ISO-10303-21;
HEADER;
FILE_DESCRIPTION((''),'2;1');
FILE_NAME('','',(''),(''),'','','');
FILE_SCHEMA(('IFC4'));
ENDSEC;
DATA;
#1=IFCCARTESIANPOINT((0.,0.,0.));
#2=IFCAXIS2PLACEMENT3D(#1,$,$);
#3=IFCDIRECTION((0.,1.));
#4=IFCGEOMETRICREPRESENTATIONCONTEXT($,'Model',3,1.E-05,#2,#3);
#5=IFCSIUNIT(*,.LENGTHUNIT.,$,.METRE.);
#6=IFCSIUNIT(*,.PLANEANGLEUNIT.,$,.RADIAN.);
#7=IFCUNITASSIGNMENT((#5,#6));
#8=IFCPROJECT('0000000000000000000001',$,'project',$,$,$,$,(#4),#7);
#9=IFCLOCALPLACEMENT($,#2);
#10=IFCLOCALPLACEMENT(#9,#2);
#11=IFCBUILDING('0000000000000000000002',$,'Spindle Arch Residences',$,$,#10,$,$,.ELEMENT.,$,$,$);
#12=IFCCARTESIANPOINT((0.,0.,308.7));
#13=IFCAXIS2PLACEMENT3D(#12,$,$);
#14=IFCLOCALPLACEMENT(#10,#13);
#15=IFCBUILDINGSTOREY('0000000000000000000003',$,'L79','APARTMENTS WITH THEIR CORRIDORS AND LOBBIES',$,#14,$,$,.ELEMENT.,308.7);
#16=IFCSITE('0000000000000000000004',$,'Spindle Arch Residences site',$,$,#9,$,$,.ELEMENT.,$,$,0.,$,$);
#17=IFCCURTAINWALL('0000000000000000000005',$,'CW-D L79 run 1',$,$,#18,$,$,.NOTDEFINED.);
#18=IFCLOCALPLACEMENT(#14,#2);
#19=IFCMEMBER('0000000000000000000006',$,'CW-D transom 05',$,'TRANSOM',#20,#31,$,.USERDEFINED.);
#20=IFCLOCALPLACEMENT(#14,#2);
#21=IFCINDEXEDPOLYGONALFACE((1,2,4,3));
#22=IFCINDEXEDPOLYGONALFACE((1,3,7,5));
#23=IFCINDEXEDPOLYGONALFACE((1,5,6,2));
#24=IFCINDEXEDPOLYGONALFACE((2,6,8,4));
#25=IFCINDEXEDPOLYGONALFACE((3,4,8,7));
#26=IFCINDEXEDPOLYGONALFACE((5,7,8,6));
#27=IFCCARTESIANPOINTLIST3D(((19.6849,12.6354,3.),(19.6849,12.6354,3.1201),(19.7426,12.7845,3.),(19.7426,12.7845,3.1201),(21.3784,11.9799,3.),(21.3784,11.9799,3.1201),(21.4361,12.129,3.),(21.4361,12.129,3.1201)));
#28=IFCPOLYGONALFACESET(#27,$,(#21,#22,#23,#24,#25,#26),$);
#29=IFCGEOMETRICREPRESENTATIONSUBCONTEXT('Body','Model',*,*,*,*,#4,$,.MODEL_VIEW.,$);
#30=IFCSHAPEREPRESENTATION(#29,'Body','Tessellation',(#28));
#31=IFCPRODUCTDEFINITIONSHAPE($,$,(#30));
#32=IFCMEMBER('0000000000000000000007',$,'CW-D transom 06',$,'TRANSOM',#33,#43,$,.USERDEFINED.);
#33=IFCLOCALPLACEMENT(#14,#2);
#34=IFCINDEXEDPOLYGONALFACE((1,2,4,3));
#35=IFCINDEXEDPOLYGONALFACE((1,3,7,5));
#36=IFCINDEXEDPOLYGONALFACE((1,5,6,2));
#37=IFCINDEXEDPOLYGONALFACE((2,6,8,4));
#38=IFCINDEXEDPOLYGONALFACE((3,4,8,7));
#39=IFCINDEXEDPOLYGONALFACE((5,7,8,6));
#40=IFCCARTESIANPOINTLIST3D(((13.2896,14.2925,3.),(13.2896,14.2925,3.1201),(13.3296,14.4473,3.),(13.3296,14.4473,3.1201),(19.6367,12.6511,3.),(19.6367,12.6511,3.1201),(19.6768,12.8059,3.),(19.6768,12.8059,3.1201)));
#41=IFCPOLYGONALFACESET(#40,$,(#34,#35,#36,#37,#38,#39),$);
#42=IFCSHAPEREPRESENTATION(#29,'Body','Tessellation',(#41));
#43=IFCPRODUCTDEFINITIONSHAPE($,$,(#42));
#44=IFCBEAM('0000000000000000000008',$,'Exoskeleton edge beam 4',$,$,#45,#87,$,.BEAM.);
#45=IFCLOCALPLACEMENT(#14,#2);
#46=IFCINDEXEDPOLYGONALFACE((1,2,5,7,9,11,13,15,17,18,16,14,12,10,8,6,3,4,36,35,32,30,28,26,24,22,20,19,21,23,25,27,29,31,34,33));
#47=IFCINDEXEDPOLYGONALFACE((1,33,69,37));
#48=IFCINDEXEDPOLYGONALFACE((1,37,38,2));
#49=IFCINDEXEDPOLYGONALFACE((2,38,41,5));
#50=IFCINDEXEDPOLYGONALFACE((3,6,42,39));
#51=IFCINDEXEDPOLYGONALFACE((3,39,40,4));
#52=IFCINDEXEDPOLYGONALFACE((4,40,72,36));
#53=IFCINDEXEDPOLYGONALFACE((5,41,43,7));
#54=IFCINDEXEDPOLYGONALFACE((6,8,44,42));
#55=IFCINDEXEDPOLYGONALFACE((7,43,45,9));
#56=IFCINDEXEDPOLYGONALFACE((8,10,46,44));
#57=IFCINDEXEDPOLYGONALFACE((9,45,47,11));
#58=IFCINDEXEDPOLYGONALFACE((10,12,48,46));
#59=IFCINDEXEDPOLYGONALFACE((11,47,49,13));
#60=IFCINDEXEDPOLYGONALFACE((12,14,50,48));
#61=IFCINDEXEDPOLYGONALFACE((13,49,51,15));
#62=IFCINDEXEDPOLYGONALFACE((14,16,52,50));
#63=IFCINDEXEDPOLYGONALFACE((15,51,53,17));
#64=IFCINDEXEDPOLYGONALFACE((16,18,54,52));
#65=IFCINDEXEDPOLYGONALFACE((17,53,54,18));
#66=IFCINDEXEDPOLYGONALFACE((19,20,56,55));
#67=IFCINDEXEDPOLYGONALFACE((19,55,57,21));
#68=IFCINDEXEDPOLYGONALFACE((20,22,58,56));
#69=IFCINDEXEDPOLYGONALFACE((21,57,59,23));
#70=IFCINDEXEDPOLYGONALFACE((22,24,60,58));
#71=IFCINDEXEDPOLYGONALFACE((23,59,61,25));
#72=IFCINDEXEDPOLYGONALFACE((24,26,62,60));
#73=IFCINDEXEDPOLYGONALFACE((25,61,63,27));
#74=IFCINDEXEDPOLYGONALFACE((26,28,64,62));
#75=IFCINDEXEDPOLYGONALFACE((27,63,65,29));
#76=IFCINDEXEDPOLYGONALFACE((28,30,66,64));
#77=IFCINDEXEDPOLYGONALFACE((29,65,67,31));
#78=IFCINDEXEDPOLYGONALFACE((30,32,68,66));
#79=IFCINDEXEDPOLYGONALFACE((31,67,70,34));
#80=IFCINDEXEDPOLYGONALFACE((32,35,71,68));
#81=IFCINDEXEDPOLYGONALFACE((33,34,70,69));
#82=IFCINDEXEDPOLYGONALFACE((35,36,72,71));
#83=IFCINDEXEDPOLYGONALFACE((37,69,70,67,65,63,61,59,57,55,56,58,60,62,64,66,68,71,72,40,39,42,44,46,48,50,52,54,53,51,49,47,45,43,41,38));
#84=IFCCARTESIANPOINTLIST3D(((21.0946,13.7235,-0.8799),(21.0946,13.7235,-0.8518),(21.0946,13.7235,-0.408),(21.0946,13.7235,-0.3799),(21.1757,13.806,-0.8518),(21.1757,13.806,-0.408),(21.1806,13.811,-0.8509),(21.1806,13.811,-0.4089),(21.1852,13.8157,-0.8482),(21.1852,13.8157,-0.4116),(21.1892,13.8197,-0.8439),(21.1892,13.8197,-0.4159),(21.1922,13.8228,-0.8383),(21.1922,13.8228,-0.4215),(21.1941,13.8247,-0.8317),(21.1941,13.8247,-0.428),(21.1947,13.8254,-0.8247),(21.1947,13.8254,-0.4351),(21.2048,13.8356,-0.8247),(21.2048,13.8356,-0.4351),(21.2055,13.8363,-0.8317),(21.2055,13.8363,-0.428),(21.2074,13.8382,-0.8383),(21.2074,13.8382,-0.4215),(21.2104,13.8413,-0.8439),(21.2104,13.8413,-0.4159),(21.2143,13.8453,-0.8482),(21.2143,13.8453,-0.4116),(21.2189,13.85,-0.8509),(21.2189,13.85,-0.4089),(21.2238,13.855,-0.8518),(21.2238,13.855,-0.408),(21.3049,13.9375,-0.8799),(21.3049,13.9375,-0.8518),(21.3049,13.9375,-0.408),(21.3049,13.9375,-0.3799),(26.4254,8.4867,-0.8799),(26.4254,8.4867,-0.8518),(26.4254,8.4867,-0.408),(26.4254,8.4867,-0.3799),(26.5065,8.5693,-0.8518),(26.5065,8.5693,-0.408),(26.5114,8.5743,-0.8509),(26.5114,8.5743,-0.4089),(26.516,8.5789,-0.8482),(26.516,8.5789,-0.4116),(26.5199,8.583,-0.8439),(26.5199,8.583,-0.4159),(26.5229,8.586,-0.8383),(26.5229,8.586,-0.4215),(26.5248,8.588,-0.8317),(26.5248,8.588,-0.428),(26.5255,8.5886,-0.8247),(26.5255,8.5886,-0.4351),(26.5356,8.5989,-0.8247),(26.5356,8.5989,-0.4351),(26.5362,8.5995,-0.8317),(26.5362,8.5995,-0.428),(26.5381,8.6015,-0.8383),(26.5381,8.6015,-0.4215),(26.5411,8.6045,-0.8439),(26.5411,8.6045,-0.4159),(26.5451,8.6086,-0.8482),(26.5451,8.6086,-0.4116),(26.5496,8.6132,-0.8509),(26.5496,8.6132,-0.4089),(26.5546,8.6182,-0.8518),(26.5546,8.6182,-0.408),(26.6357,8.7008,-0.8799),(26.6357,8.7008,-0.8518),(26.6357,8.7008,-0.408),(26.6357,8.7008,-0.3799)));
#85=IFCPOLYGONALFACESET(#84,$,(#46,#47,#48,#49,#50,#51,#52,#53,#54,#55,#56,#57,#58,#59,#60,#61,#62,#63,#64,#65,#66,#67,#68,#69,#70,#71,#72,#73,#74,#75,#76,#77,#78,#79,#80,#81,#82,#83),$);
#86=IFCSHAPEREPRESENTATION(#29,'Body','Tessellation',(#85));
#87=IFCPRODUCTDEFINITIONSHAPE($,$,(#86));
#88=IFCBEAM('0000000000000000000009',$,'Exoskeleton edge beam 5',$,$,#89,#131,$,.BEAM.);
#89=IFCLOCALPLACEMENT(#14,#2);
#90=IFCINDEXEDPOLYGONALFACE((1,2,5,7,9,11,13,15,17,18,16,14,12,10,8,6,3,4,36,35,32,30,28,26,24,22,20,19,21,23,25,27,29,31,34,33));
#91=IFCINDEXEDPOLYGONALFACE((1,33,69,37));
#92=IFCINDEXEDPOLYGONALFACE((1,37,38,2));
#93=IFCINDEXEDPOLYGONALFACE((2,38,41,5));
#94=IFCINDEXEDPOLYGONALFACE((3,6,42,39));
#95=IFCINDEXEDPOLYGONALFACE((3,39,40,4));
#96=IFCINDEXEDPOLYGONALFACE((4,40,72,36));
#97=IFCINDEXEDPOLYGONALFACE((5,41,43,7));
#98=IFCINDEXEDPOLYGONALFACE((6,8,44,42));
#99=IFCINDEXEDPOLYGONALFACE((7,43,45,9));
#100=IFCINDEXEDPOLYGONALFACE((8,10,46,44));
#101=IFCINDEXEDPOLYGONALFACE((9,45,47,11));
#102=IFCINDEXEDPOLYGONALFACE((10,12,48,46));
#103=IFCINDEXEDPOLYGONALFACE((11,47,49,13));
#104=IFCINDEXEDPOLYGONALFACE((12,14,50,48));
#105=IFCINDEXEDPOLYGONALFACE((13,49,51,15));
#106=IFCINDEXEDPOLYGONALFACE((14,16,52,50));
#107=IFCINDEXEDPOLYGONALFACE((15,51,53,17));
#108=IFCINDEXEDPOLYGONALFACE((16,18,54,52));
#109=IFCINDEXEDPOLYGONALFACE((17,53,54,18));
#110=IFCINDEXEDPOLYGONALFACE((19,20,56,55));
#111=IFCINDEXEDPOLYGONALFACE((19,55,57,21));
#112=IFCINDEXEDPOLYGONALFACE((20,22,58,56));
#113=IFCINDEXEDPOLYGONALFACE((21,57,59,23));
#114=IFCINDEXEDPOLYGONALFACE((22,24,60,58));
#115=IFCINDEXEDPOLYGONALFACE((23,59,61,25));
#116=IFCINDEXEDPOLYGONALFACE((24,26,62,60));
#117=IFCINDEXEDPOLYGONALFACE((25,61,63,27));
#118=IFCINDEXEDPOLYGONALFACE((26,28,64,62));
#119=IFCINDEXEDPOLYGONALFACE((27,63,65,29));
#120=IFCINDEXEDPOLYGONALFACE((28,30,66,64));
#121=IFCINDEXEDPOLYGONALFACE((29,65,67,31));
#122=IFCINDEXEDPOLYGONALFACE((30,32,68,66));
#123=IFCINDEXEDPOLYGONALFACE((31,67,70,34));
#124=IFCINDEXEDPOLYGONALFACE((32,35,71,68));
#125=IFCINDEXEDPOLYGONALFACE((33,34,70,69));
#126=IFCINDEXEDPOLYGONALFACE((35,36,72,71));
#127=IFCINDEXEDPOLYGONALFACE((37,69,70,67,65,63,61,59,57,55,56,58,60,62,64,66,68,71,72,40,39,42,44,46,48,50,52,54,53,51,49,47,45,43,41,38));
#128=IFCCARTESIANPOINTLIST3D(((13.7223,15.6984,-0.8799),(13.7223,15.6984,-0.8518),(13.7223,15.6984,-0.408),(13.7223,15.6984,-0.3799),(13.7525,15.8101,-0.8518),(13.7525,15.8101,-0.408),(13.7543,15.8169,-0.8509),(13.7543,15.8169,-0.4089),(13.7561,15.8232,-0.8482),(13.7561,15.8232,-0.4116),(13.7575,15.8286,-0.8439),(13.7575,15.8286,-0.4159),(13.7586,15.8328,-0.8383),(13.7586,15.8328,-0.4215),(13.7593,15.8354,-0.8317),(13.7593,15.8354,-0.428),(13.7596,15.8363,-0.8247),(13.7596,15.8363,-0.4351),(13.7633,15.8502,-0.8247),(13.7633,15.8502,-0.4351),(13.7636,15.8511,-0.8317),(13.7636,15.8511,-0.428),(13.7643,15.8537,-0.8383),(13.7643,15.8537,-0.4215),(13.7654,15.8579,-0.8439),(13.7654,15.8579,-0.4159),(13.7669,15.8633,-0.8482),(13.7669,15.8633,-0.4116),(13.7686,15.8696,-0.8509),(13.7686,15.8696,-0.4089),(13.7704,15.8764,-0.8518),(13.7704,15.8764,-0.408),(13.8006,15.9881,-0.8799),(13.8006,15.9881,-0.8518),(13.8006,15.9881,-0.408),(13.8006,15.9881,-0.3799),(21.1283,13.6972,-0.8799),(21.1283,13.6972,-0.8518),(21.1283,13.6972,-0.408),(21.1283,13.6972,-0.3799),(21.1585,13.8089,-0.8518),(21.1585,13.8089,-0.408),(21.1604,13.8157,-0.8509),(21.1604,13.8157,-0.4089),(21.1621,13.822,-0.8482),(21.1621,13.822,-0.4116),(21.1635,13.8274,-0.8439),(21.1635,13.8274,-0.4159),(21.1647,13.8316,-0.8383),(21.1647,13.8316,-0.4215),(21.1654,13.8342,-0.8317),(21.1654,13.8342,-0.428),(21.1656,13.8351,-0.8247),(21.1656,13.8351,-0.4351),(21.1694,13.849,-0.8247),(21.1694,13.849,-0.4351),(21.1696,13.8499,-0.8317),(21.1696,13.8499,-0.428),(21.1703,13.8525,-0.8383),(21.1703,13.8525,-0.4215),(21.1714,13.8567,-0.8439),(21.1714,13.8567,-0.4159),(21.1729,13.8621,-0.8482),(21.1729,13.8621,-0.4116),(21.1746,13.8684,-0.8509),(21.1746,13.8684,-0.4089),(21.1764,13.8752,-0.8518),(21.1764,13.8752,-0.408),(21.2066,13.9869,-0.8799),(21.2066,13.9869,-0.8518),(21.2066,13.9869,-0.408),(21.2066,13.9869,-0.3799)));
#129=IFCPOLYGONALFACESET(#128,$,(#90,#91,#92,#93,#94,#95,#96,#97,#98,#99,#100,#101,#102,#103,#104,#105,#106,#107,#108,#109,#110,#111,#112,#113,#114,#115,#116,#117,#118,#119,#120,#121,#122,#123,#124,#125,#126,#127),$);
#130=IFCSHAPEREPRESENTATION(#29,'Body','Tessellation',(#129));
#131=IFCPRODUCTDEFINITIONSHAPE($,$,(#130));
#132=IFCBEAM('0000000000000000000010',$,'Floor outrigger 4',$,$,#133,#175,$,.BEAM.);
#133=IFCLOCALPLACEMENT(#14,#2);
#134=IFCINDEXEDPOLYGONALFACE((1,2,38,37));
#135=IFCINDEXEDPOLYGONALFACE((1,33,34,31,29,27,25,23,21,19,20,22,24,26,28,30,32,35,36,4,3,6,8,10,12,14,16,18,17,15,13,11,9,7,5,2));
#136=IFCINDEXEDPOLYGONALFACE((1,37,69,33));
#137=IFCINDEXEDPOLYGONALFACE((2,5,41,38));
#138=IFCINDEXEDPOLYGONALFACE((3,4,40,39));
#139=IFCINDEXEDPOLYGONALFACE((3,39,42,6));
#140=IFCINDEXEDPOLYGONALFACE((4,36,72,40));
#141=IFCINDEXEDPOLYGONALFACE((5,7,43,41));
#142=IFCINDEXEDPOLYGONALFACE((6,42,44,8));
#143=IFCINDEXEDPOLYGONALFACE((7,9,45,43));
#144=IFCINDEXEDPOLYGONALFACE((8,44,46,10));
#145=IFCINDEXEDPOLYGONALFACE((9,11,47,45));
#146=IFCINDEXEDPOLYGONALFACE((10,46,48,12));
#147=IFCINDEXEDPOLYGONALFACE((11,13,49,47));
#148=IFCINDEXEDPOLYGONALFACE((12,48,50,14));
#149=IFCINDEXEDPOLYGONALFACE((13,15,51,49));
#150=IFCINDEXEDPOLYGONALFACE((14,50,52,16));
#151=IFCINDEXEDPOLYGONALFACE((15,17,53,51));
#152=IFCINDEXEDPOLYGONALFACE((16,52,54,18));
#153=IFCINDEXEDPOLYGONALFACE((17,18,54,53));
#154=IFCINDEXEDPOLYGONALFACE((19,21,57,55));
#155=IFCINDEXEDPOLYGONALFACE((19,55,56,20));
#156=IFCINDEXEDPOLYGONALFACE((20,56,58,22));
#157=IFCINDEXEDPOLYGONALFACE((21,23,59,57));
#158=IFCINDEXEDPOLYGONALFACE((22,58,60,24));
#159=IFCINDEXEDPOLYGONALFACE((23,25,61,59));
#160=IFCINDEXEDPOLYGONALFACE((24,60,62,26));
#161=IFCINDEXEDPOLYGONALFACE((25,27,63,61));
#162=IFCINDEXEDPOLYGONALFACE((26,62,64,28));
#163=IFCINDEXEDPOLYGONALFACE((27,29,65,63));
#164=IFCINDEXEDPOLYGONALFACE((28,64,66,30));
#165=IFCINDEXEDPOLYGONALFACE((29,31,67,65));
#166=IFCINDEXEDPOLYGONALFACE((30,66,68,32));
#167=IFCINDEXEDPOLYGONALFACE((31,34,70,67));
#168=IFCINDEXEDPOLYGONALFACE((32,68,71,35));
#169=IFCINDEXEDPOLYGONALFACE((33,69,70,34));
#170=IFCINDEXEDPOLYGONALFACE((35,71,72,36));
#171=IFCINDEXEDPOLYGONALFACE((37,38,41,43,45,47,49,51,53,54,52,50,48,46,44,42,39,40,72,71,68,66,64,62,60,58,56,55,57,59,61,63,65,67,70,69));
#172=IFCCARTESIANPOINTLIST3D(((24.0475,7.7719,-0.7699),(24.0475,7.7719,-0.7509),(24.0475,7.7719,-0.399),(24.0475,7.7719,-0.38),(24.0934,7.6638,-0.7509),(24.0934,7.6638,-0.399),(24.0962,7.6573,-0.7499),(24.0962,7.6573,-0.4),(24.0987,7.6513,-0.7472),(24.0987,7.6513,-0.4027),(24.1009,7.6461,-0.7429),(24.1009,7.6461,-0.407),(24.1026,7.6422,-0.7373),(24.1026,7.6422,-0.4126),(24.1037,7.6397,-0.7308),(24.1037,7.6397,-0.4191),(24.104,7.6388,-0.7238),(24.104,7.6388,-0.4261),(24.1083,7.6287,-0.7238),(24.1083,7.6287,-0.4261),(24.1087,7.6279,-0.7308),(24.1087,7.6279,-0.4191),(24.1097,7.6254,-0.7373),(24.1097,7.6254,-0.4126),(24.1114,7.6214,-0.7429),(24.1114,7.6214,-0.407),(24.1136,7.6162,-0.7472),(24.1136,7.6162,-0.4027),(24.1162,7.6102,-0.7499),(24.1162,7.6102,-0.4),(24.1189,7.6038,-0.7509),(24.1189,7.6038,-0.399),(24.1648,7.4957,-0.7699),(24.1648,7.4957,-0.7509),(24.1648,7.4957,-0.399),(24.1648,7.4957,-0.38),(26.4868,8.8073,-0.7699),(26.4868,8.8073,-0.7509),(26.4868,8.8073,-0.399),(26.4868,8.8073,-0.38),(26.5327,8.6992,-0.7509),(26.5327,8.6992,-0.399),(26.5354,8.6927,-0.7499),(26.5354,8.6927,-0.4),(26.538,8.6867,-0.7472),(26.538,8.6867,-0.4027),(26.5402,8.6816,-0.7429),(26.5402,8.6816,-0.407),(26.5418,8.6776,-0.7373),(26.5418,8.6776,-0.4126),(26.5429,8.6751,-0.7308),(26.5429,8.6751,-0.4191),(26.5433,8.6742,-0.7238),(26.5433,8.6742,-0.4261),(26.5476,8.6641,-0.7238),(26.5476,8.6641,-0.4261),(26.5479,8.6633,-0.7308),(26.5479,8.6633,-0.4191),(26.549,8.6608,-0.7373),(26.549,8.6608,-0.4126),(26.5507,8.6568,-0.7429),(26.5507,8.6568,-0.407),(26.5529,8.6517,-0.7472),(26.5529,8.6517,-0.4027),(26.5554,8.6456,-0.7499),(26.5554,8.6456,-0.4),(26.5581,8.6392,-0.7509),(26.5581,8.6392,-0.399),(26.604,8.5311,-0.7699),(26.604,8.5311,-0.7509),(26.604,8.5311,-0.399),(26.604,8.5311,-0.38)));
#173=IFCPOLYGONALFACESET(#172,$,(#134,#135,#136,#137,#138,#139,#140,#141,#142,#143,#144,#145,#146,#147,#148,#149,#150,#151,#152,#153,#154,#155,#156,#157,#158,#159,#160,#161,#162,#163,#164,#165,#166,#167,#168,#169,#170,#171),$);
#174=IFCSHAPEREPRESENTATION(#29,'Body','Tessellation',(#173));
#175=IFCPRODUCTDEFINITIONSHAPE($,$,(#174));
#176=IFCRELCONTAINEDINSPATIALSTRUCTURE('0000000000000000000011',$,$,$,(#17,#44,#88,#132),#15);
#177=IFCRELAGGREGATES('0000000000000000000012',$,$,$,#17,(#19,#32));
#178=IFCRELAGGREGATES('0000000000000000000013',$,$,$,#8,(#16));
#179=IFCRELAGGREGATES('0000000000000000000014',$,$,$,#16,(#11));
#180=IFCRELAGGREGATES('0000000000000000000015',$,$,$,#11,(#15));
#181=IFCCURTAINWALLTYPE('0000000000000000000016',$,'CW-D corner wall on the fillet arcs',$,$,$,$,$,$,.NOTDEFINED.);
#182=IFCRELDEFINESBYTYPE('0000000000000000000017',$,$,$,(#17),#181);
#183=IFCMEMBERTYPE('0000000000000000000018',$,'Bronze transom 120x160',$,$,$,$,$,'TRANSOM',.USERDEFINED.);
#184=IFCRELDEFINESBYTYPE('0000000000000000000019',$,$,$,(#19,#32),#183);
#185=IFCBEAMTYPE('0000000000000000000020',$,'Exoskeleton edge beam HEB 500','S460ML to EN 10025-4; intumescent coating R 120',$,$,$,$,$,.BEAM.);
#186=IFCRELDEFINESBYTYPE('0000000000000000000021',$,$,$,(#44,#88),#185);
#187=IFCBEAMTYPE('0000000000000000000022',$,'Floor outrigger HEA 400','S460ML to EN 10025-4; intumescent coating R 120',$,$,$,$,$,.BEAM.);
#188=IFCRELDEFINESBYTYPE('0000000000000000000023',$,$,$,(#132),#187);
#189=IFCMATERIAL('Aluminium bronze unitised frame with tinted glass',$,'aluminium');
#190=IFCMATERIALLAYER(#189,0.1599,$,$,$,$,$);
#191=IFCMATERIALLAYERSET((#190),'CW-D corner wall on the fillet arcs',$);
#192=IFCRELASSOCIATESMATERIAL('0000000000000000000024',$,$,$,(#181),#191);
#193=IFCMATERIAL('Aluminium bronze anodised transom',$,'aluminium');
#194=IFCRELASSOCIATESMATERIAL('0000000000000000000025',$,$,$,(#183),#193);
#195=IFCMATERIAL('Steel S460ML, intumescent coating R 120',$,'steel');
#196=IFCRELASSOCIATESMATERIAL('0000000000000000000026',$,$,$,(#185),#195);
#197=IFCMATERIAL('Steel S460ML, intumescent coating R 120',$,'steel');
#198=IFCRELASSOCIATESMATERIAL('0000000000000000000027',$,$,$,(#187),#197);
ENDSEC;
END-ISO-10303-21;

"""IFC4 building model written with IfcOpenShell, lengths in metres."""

from ifc_helpers import new_model, si_unit, direction, frame, origin, origin_2d, place, context, subcontext, project, spatial, rectangle, i_section, extrude, material, layer, layer_set, material_profile, profile_set, type_object, element, aggregate, save


model = new_model("IFC4")

# Units and contexts
model_context = context("Model", 3, precision=1e-05, world=origin(), true_north=direction((0.0, 1.0)))
body_context = subcontext(model_context, "Body", "Model", "MODEL_VIEW")
ifc_project = project(units=[si_unit("LENGTHUNIT", "METRE"), si_unit("PLANEANGLEUNIT", "RADIAN")], contexts=[model_context])

# Site, building, storey
site_placement = place(None, origin())
site = spatial("IfcSite", under=ifc_project, at=site_placement, Name="Spindle Arch Residences site", CompositionType="ELEMENT", RefElevation=0.0)
building_placement = place(site_placement, origin())
building = spatial("IfcBuilding", under=site, at=building_placement, Name="Spindle Arch Residences", CompositionType="ELEMENT")
storey_placement = place(building_placement, frame((0.0, 0.0, 308.7)))
storey = spatial("IfcBuildingStorey", under=building, at=storey_placement, Name="L79", Description="APARTMENTS WITH THEIR CORRIDORS AND LOBBIES", CompositionType="ELEMENT", Elevation=308.7)

# Curtain wall, members
ifc_material_1 = material(Name="Aluminium bronze unitised frame with tinted glass", Category="aluminium")
ifc_layer_1 = layer(ifc_material_1, 0.1599)
ifc_layer_set_1 = layer_set([ifc_layer_1], Name="CW-D corner wall on the fillet arcs")
curtain_wall_type = type_object("IfcCurtainWallType", Name="CW-D corner wall on the fillet arcs", PredefinedType="NOTDEFINED", material=ifc_layer_set_1)
curtain_wall_placement = place(storey_placement, origin())
curtain_wall = element("IfcCurtainWall", 1, at=curtain_wall_placement, inside=storey, type_object=curtain_wall_type, Name="CW-D L79 run 1", PredefinedType="NOTDEFINED")
ifc_material_2 = material(Name="Aluminium bronze anodised transom", Category="aluminium")
ifc_material_profile_1 = material_profile(ifc_material_2, rectangle(XDim=0.1599, YDim=0.1201, at=origin_2d()), Name="TR 120x160")
ifc_profile_set_1 = profile_set([ifc_material_profile_1], Name="Aluminium bronze anodised transom")
member_type_1 = type_object("IfcMemberType", Name="Bronze transom 120x160", ElementType="TRANSOM", PredefinedType="USERDEFINED", material=ifc_profile_set_1)
member_1_placement = place(storey_placement, frame((21.4072, 12.0544, 3.0601), z_axis=(-0.932581, 0.36096, 0.0), x_axis=(-0.36096, -0.932581, 0.0)))
member_1 = element("IfcMember", 2, at=member_1_placement, type_object=member_type_1, Name="CW-D transom 05", ObjectType="TRANSOM", PredefinedType="USERDEFINED", context=body_context, shape_type="SweptSolid", body=[
    extrude(rectangle(XDim=0.1599, YDim=0.1201, at=origin_2d()), origin(), (0.0, 0.0, 1.0), 1.8159),
])
member_2_placement = place(storey_placement, frame((19.6567, 12.7285, 3.0601), z_axis=(-0.968153, 0.250361, 0.0), x_axis=(-0.250361, -0.968153, 0.0)))
member_2 = element("IfcMember", 3, at=member_2_placement, type_object=member_type_1, Name="CW-D transom 06", ObjectType="TRANSOM", PredefinedType="USERDEFINED", context=body_context, shape_type="SweptSolid", body=[
    extrude(rectangle(XDim=0.1599, YDim=0.1201, at=origin_2d()), origin(), (0.0, 0.0, 1.0), 6.5559),
])

# Beams
ifc_material_3 = material(Name="Steel S460ML, intumescent coating R 120", Category="steel")
ifc_material_profile_2 = material_profile(ifc_material_3, i_section(OverallWidth=0.3, OverallDepth=0.5, WebThickness=0.0144, FlangeThickness=0.0281, FilletRadius=0.0271, at=origin_2d()), Name="HEB 500")
ifc_profile_set_2 = profile_set([ifc_material_profile_2], Name="Steel S460ML, intumescent coating R 120")
beam_type_1 = type_object("IfcBeamType", Name="Exoskeleton edge beam HEB 500", Description="S460ML to EN 10025-4; intumescent coating R 120", PredefinedType="BEAM", material=ifc_profile_set_2)
beam_1_placement = place(storey_placement, frame((26.5305, 8.5938, -0.6299), z_axis=(-0.713368, 0.70079, 0.0), x_axis=(-0.70079, -0.713368, 0.0)))
element("IfcBeam", 4, at=beam_1_placement, inside=storey, type_object=beam_type_1, Name="Exoskeleton edge beam 4", PredefinedType="BEAM", context=body_context, shape_type="SweptSolid", body=[
    extrude(i_section(OverallWidth=0.3, OverallDepth=0.5, WebThickness=0.0144, FlangeThickness=0.0281, FilletRadius=0.0271, at=origin_2d()), origin(), (0.0, 0.0, 1.0), 7.4727),
])
beam_2_placement = place(storey_placement, frame((21.1675, 13.842, -0.6299), z_axis=(-0.965377, 0.26086, 0.0), x_axis=(-0.26086, -0.965377, 0.0)))
element("IfcBeam", 5, at=beam_2_placement, inside=storey, type_object=beam_type_1, Name="Exoskeleton edge beam 5", PredefinedType="BEAM", context=body_context, shape_type="SweptSolid", body=[
    extrude(i_section(OverallWidth=0.3, OverallDepth=0.5, WebThickness=0.0144, FlangeThickness=0.0281, FilletRadius=0.0271, at=origin_2d()), origin(), (0.0, 0.0, 1.0), 7.6716),
])
ifc_material_4 = material(Name="Steel S460ML, intumescent coating R 120", Category="steel")
ifc_material_profile_3 = material_profile(ifc_material_4, i_section(OverallWidth=0.3, OverallDepth=0.3899, WebThickness=0.011, FlangeThickness=0.019, FilletRadius=0.0271, at=origin_2d()), Name="HEA 400")
ifc_profile_set_3 = profile_set([ifc_material_profile_3], Name="Steel S460ML, intumescent coating R 120")
beam_type_2 = type_object("IfcBeamType", Name="Floor outrigger HEA 400", Description="S460ML to EN 10025-4; intumescent coating R 120", PredefinedType="BEAM", material=ifc_profile_set_3)
for number, where, z_axis, x_axis, name in (
    (6, (26.5454, 8.6692, -0.575), (-0.920502, -0.390737, 0.0), (0.390737, -0.920502, 0.0), "Floor outrigger 4"),
):
    element("IfcBeam", number, at=place(storey_placement, frame(where, z_axis=z_axis, x_axis=x_axis)), inside=storey, type_object=beam_type_2, Name=name, PredefinedType="BEAM", context=body_context, shape_type="SweptSolid", body=[
        extrude(i_section(OverallWidth=0.3, OverallDepth=0.3899, WebThickness=0.011, FlangeThickness=0.019, FilletRadius=0.0271, at=origin_2d()), origin(), (0.0, 0.0, 1.0), 2.6499),
    ])

aggregate(curtain_wall, [member_1, member_2])

save(model, "model.ifc")
